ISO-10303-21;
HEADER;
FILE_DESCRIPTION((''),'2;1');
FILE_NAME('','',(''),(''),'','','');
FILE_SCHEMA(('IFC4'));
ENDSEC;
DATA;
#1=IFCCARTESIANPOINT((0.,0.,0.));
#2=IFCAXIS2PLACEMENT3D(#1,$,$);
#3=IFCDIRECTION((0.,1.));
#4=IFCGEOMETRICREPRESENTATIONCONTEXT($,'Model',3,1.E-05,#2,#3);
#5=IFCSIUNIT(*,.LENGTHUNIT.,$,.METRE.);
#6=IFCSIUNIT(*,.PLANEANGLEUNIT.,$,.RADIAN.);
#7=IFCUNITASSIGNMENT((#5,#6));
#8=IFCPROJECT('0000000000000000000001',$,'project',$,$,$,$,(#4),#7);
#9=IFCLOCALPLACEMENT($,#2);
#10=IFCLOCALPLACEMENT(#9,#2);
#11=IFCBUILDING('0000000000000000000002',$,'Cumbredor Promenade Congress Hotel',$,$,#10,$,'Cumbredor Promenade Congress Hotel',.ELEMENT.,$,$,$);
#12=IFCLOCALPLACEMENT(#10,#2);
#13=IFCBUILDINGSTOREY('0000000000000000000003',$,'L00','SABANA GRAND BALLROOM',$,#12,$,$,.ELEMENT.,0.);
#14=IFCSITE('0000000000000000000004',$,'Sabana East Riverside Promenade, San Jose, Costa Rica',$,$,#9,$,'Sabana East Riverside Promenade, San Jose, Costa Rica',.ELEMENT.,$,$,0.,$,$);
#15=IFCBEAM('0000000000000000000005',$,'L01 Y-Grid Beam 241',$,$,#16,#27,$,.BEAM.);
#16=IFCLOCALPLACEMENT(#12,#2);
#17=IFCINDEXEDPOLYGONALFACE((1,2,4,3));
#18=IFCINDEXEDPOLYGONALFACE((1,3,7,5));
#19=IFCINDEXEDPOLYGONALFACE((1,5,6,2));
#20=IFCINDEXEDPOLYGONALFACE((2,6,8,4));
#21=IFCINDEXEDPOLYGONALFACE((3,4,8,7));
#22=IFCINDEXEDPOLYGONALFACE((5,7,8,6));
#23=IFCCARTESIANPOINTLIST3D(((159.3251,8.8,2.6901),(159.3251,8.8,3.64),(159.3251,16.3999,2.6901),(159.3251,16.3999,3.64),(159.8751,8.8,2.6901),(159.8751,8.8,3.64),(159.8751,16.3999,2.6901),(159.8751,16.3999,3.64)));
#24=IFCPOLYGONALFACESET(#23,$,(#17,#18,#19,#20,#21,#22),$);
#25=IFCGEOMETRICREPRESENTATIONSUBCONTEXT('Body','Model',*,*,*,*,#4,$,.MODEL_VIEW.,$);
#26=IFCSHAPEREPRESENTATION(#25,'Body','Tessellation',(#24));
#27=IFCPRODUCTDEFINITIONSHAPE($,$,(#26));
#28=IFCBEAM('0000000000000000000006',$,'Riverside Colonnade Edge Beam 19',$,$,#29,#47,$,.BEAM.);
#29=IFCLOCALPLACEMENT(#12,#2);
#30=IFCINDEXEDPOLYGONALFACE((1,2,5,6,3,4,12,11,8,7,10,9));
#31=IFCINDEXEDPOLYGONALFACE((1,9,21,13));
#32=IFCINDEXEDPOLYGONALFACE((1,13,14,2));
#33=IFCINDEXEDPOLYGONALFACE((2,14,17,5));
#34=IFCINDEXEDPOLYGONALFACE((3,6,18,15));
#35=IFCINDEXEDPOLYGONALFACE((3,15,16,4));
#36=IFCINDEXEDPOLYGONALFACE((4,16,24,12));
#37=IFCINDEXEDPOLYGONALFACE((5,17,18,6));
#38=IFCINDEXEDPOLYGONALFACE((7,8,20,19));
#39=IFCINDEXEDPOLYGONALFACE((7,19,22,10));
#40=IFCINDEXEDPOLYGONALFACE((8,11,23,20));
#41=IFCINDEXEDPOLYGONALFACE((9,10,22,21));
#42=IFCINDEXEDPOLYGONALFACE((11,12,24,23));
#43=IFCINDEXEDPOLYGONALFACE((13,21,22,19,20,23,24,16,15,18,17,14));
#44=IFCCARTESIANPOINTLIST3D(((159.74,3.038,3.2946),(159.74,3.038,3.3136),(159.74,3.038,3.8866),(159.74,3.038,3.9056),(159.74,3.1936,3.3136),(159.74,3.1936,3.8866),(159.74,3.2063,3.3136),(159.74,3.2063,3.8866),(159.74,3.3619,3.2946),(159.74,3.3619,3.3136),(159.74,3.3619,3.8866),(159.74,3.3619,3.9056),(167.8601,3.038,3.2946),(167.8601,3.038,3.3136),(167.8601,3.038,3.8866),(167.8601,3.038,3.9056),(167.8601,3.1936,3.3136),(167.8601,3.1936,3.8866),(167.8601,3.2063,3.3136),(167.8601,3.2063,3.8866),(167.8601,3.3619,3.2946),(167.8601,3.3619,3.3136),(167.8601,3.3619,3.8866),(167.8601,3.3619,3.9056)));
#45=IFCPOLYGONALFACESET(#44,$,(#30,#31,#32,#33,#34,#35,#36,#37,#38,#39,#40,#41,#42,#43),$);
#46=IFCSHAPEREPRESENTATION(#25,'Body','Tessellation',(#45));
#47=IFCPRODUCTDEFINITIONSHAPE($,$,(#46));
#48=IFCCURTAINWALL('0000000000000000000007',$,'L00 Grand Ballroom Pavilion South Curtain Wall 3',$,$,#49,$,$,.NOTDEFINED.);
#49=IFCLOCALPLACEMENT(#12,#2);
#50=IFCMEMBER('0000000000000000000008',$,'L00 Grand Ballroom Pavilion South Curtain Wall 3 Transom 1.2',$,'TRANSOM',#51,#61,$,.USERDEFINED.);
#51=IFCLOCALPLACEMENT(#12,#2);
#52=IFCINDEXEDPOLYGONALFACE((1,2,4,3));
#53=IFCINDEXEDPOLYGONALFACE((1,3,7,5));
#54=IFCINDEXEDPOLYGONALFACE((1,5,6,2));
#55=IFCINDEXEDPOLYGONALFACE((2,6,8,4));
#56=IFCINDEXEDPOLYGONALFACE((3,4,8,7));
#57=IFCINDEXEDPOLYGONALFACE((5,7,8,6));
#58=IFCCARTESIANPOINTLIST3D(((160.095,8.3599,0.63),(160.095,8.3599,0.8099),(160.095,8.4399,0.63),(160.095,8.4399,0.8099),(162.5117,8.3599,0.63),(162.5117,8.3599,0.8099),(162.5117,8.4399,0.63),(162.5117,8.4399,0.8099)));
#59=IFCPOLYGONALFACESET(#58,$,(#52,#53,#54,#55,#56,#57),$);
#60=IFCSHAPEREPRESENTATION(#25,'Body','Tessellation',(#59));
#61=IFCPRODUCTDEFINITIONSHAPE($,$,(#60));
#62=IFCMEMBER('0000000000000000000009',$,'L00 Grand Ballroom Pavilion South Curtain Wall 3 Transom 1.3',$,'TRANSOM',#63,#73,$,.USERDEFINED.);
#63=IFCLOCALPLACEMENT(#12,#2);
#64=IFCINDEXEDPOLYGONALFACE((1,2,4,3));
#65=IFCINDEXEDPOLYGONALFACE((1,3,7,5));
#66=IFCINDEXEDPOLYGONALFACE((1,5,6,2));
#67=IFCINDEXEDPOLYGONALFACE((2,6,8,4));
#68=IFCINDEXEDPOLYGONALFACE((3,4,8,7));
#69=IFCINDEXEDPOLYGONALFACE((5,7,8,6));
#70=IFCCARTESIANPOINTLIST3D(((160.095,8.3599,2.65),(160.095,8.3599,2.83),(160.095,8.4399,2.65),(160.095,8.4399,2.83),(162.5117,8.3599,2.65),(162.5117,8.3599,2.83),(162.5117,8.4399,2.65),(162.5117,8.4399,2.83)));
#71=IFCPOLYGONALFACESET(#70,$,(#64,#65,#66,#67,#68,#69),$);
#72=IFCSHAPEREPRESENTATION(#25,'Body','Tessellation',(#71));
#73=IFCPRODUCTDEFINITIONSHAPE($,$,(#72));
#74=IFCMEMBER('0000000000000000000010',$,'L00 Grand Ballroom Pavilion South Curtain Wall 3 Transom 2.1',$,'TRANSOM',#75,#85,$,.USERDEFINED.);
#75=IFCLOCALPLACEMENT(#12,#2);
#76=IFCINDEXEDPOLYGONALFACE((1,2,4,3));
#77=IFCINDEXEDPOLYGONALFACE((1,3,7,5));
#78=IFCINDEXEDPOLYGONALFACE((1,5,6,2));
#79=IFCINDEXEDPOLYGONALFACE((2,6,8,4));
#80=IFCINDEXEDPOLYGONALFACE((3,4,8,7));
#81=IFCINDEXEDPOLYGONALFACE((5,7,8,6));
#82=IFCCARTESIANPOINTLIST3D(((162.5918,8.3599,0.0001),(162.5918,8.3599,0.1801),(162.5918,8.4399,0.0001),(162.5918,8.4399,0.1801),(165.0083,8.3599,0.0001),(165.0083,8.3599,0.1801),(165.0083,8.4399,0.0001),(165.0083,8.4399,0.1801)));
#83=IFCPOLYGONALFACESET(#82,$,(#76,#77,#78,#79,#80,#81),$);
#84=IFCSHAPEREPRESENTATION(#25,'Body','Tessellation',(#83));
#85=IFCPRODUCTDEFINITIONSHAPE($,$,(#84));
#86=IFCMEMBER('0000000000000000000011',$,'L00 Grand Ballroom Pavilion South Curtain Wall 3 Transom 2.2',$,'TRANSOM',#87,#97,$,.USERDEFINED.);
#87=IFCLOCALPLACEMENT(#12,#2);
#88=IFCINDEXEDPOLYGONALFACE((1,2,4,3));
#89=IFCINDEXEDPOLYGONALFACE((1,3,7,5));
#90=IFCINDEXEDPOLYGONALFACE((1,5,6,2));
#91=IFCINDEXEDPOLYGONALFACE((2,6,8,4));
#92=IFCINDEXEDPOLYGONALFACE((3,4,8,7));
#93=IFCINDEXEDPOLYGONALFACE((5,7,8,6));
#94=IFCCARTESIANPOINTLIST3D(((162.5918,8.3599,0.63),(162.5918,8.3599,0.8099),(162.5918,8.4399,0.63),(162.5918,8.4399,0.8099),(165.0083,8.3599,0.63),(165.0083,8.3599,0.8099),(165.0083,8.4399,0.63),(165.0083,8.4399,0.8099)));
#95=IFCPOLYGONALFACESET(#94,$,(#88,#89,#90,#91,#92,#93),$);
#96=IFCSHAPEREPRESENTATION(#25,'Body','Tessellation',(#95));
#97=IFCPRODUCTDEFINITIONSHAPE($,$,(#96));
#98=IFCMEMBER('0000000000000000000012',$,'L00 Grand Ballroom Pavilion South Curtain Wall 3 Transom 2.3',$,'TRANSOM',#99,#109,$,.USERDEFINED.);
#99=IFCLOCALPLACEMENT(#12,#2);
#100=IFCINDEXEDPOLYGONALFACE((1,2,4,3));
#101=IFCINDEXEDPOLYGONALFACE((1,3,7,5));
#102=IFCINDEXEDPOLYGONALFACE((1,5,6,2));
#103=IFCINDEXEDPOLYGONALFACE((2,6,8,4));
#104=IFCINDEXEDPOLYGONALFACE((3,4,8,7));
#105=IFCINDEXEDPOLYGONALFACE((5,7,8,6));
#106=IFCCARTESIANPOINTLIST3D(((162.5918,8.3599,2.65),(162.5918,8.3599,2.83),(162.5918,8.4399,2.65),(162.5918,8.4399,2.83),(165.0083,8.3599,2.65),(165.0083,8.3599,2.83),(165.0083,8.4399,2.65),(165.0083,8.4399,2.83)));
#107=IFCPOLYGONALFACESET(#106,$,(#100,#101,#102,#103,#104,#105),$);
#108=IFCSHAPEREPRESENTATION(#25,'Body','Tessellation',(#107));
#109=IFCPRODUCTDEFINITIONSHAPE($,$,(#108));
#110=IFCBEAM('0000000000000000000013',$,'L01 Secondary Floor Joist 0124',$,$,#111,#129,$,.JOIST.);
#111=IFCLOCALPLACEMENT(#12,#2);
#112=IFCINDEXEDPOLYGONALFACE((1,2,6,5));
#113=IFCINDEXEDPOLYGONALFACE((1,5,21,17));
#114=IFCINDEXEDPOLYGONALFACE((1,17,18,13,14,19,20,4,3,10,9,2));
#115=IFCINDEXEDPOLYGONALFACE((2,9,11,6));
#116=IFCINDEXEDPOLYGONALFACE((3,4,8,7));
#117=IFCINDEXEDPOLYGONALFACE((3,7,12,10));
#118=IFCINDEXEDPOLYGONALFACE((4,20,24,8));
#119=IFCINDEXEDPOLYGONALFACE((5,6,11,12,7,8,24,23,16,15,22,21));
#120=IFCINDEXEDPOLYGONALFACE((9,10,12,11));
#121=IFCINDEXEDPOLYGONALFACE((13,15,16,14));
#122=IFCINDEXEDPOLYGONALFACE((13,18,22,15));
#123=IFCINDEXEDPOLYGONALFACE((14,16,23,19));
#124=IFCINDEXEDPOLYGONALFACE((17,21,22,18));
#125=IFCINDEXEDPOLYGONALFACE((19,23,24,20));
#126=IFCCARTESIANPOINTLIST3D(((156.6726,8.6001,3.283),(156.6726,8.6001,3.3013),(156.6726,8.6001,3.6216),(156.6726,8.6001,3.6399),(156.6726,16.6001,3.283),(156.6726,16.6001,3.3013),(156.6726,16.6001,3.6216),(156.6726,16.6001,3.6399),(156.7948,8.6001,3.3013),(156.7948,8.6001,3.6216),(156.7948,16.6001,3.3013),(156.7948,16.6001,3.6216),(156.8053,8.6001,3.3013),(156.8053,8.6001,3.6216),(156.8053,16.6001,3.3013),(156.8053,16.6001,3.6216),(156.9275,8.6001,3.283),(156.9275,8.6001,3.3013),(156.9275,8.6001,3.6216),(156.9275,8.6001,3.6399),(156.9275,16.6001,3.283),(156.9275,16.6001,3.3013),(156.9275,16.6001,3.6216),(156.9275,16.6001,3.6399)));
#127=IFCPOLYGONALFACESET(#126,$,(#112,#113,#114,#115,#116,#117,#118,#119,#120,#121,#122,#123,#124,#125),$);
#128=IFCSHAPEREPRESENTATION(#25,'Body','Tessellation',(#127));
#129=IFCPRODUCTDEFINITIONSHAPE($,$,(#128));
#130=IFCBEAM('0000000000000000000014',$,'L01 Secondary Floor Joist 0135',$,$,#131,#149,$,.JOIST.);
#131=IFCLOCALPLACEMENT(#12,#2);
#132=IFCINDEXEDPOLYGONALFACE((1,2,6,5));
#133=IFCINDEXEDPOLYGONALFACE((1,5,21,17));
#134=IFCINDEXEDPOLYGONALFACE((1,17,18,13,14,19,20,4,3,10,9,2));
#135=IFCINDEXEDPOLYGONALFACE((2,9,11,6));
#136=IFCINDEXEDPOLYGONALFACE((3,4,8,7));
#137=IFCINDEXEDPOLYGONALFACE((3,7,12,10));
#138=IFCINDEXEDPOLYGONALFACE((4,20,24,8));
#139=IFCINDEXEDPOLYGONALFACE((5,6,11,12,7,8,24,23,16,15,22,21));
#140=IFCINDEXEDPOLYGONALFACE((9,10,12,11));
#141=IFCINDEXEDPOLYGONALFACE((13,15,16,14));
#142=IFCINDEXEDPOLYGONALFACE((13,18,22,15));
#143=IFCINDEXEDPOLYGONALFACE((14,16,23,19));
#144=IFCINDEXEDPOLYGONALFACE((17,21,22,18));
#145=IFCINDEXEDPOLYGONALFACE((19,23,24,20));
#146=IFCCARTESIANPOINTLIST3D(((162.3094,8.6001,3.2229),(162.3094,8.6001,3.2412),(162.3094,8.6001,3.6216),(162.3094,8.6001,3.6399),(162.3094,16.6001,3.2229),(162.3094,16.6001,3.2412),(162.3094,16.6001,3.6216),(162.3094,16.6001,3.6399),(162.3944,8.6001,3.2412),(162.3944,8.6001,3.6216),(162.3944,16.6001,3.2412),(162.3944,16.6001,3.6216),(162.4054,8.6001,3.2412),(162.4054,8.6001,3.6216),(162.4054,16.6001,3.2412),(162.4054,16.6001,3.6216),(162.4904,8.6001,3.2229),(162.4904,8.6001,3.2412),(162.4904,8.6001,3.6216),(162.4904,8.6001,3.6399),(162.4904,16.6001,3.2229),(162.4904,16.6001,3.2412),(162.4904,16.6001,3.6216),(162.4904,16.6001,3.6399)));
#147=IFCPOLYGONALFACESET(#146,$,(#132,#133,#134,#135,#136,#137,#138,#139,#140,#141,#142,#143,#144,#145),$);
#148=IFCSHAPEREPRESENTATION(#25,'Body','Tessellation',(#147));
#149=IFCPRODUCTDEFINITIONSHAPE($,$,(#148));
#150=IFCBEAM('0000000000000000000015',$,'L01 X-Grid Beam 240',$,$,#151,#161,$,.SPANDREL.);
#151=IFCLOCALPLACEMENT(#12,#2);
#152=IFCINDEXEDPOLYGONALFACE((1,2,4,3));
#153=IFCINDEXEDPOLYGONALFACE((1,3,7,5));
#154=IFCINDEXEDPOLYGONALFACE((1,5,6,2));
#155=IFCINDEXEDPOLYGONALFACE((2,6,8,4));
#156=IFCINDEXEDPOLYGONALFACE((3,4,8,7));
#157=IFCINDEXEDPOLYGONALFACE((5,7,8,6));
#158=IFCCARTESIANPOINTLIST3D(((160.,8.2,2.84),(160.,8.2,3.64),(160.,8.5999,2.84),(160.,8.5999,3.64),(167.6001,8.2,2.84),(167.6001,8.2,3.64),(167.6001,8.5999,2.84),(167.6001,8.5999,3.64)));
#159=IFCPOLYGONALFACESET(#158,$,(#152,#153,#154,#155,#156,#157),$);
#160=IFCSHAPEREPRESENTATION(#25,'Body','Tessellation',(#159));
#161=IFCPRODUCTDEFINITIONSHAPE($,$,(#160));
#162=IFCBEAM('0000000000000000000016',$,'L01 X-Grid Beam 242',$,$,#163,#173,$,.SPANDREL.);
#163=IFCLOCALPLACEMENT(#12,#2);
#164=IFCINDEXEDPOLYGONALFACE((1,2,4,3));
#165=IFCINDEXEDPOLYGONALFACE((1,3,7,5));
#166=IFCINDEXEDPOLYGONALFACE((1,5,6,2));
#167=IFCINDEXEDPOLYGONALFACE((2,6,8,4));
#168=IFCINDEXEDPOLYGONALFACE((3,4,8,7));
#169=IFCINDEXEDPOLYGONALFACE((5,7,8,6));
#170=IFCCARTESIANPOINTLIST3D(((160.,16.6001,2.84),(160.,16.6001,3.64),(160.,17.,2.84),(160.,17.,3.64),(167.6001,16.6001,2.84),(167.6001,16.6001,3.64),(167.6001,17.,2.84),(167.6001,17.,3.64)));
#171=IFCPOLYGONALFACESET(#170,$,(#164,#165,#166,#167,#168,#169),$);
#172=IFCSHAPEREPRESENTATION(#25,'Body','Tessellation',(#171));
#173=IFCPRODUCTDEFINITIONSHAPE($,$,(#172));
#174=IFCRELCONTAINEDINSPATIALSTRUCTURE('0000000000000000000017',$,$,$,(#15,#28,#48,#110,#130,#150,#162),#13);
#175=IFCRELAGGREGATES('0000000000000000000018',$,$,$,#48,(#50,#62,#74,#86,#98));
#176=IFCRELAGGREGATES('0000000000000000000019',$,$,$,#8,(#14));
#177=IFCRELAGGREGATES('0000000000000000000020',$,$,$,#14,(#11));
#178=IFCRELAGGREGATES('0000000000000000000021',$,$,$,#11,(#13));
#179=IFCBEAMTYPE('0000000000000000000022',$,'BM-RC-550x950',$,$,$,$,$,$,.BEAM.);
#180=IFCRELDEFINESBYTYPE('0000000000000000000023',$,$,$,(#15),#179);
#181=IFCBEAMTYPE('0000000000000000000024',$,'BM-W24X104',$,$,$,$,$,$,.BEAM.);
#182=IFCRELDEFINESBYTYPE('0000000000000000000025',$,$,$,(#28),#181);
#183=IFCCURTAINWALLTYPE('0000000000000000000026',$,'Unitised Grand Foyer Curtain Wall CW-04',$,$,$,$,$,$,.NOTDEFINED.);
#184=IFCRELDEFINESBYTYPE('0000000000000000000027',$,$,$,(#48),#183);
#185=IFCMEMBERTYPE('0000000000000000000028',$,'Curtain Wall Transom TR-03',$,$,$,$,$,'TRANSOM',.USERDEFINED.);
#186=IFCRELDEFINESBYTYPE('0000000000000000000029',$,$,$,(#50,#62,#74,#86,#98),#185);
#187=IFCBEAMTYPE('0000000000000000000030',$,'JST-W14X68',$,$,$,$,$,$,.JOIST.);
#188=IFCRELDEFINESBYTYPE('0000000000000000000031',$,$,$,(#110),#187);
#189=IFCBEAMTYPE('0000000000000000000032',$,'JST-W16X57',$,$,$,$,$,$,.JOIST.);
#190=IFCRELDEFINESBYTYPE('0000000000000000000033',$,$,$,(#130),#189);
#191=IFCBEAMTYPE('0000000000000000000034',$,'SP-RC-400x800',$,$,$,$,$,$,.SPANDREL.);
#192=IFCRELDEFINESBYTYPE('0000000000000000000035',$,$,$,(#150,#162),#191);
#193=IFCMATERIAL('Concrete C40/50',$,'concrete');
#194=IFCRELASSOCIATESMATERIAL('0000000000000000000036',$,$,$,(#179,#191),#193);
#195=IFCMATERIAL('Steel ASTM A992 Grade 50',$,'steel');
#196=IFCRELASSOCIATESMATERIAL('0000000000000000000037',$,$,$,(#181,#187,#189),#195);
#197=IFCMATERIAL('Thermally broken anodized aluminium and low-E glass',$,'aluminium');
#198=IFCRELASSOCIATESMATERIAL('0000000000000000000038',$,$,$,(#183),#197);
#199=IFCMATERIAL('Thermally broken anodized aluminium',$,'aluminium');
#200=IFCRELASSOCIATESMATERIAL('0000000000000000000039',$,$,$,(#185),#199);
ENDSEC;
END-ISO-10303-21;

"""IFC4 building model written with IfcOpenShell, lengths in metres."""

from ifc_helpers import new_model, si_unit, direction, frame, origin, origin_2d, place, context, subcontext, project, spatial, rectangle, i_section, extrude, material, material_profile, profile_set, type_object, element, aggregate, save


model = new_model("IFC4")

# Units and contexts
model_context = context("Model", 3, precision=1e-05, world=origin(), true_north=direction((0.0, 1.0)))
body_context = subcontext(model_context, "Body", "Model", "MODEL_VIEW")
ifc_project = project(units=[si_unit("LENGTHUNIT", "METRE"), si_unit("PLANEANGLEUNIT", "RADIAN")], contexts=[model_context])

# Site, building, storey
site_placement = place(None, origin())
site = spatial("IfcSite", under=ifc_project, at=site_placement, Name="Sabana East Riverside Promenade, San Jose, Costa Rica", LongName="Sabana East Riverside Promenade, San Jose, Costa Rica", CompositionType="ELEMENT", RefElevation=0.0)
building_placement = place(site_placement, origin())
building = spatial("IfcBuilding", under=site, at=building_placement, Name="Cumbredor Promenade Congress Hotel", LongName="Cumbredor Promenade Congress Hotel", CompositionType="ELEMENT")
storey_placement = place(building_placement, origin())
storey = spatial("IfcBuildingStorey", under=building, at=storey_placement, Name="L00", Description="SABANA GRAND BALLROOM", CompositionType="ELEMENT", Elevation=0.0)

# Beams
ifc_material_1 = material(Name="Concrete C40/50", Category="concrete")
ifc_material_profile_1 = material_profile(ifc_material_1, rectangle(XDim=0.55, YDim=0.95, at=origin_2d()), Name="RC BEAM 550x950")
ifc_profile_set_1 = profile_set([ifc_material_profile_1], Name="Concrete C40/50")
beam_type_1 = type_object("IfcBeamType", Name="BM-RC-550x950", PredefinedType="BEAM", material=ifc_profile_set_1)
beam_1_placement = place(storey_placement, frame((159.6001, 8.8, 3.165), z_axis=(0.0, 1.0, 0.0), x_axis=(-1.0, 0.0, 0.0)))
element("IfcBeam", 1, at=beam_1_placement, inside=storey, type_object=beam_type_1, Name="L01 Y-Grid Beam 241", PredefinedType="BEAM", context=body_context, shape_type="SweptSolid", body=[
    extrude(rectangle(XDim=0.55, YDim=0.95, at=origin_2d()), origin(), (0.0, 0.0, 1.0), 7.5999),
])
ifc_material_2 = material(Name="Steel ASTM A992 Grade 50", Category="steel")
ifc_material_profile_2 = material_profile(ifc_material_2, i_section(OverallWidth=0.324, OverallDepth=0.6111, WebThickness=0.0127, FlangeThickness=0.019, at=origin_2d()), Name="W24X104")
ifc_profile_set_2 = profile_set([ifc_material_profile_2], Name="Steel ASTM A992 Grade 50")
beam_type_2 = type_object("IfcBeamType", Name="BM-W24X104", PredefinedType="BEAM", material=ifc_profile_set_2)
beam_2_placement = place(storey_placement, frame((159.74, 3.2, 3.6001), z_axis=(1.0, 0.0, 0.0), x_axis=(0.0, 1.0, 0.0)))
element("IfcBeam", 2, at=beam_2_placement, inside=storey, type_object=beam_type_2, Name="Riverside Colonnade Edge Beam 19", PredefinedType="BEAM", context=body_context, shape_type="SweptSolid", body=[
    extrude(i_section(OverallWidth=0.324, OverallDepth=0.6111, WebThickness=0.0127, FlangeThickness=0.019, at=origin_2d()), origin(), (0.0, 0.0, 1.0), 8.1201),
])

# Curtain wall, members
ifc_material_3 = material(Name="Thermally broken anodized aluminium and low-E glass", Category="aluminium")
curtain_wall_type = type_object("IfcCurtainWallType", Name="Unitised Grand Foyer Curtain Wall CW-04", PredefinedType="NOTDEFINED", material=ifc_material_3)
curtain_wall_placement = place(storey_placement, origin())
curtain_wall = element("IfcCurtainWall", 3, at=curtain_wall_placement, inside=storey, type_object=curtain_wall_type, Name="L00 Grand Ballroom Pavilion South Curtain Wall 3", PredefinedType="NOTDEFINED")
ifc_material_4 = material(Name="Thermally broken anodized aluminium", Category="aluminium")
ifc_material_profile_3 = material_profile(ifc_material_4, rectangle(XDim=0.0801, YDim=0.1799, at=origin_2d()), Name="ALU TRANSOM 80x180")
ifc_profile_set_3 = profile_set([ifc_material_profile_3], Name="Thermally broken anodized aluminium")
member_type_1 = type_object("IfcMemberType", Name="Curtain Wall Transom TR-03", ElementType="TRANSOM", PredefinedType="USERDEFINED", material=ifc_profile_set_3)
member_1_placement = place(storey_placement, frame((160.095, 8.3999, 0.72), z_axis=(1.0, 0.0, 0.0), x_axis=(0.0, 1.0, 0.0)))
member_1 = element("IfcMember", 4, at=member_1_placement, type_object=member_type_1, Name="L00 Grand Ballroom Pavilion South Curtain Wall 3 Transom 1.2", ObjectType="TRANSOM", PredefinedType="USERDEFINED", context=body_context, shape_type="SweptSolid", body=[
    extrude(rectangle(XDim=0.0801, YDim=0.1799, at=origin_2d()), origin(), (0.0, 0.0, 1.0), 2.4167),
])
member_2_placement = place(storey_placement, frame((160.095, 8.3999, 2.74), z_axis=(1.0, 0.0, 0.0), x_axis=(0.0, 1.0, 0.0)))
member_2 = element("IfcMember", 5, at=member_2_placement, type_object=member_type_1, Name="L00 Grand Ballroom Pavilion South Curtain Wall 3 Transom 1.3", ObjectType="TRANSOM", PredefinedType="USERDEFINED", context=body_context, shape_type="SweptSolid", body=[
    extrude(rectangle(XDim=0.0801, YDim=0.1799, at=origin_2d()), origin(), (0.0, 0.0, 1.0), 2.4167),
])
member_3_placement = place(storey_placement, frame((162.5918, 8.3999, 0.0901), z_axis=(1.0, 0.0, 0.0), x_axis=(0.0, 1.0, 0.0)))
member_3 = element("IfcMember", 6, at=member_3_placement, type_object=member_type_1, Name="L00 Grand Ballroom Pavilion South Curtain Wall 3 Transom 2.1", ObjectType="TRANSOM", PredefinedType="USERDEFINED", context=body_context, shape_type="SweptSolid", body=[
    extrude(rectangle(XDim=0.0801, YDim=0.1799, at=origin_2d()), origin(), (0.0, 0.0, 1.0), 2.4165),
])
member_4_placement = place(storey_placement, frame((162.5918, 8.3999, 0.72), z_axis=(1.0, 0.0, 0.0), x_axis=(0.0, 1.0, 0.0)))
member_4 = element("IfcMember", 7, at=member_4_placement, type_object=member_type_1, Name="L00 Grand Ballroom Pavilion South Curtain Wall 3 Transom 2.2", ObjectType="TRANSOM", PredefinedType="USERDEFINED", context=body_context, shape_type="SweptSolid", body=[
    extrude(rectangle(XDim=0.0801, YDim=0.1799, at=origin_2d()), origin(), (0.0, 0.0, 1.0), 2.4165),
])
member_5_placement = place(storey_placement, frame((162.5918, 8.3999, 2.74), z_axis=(1.0, 0.0, 0.0), x_axis=(0.0, 1.0, 0.0)))
member_5 = element("IfcMember", 8, at=member_5_placement, type_object=member_type_1, Name="L00 Grand Ballroom Pavilion South Curtain Wall 3 Transom 2.3", ObjectType="TRANSOM", PredefinedType="USERDEFINED", context=body_context, shape_type="SweptSolid", body=[
    extrude(rectangle(XDim=0.0801, YDim=0.1799, at=origin_2d()), origin(), (0.0, 0.0, 1.0), 2.4165),
])

# Beams
ifc_material_profile_4 = material_profile(ifc_material_2, i_section(OverallWidth=0.2549, OverallDepth=0.3569, WebThickness=0.0105, FlangeThickness=0.0183, at=origin_2d()), Name="W14X68")
ifc_profile_set_4 = profile_set([ifc_material_profile_4], Name="Steel ASTM A992 Grade 50")
beam_type_3 = type_object("IfcBeamType", Name="JST-W14X68", PredefinedType="JOIST", material=ifc_profile_set_4)
beam_3_placement = place(storey_placement, frame((156.8, 8.6001, 3.4614), z_axis=(0.0, 1.0, 0.0), x_axis=(-1.0, 0.0, 0.0)))
element("IfcBeam", 9, at=beam_3_placement, inside=storey, type_object=beam_type_3, Name="L01 Secondary Floor Joist 0124", PredefinedType="JOIST", context=body_context, shape_type="SweptSolid", body=[
    extrude(i_section(OverallWidth=0.2549, OverallDepth=0.3569, WebThickness=0.0105, FlangeThickness=0.0183, at=origin_2d()), origin(), (0.0, 0.0, 1.0), 8.0),
])
ifc_material_profile_5 = material_profile(ifc_material_2, i_section(OverallWidth=0.1809, OverallDepth=0.417, WebThickness=0.011, FlangeThickness=0.0183, at=origin_2d()), Name="W16X57")
ifc_profile_set_5 = profile_set([ifc_material_profile_5], Name="Steel ASTM A992 Grade 50")
beam_type_4 = type_object("IfcBeamType", Name="JST-W16X57", PredefinedType="JOIST", material=ifc_profile_set_5)
beam_4_placement = place(storey_placement, frame((162.3999, 8.6001, 3.4314), z_axis=(0.0, 1.0, 0.0), x_axis=(-1.0, 0.0, 0.0)))
element("IfcBeam", 10, at=beam_4_placement, inside=storey, type_object=beam_type_4, Name="L01 Secondary Floor Joist 0135", PredefinedType="JOIST", context=body_context, shape_type="SweptSolid", body=[
    extrude(i_section(OverallWidth=0.1809, OverallDepth=0.417, WebThickness=0.011, FlangeThickness=0.0183, at=origin_2d()), origin(), (0.0, 0.0, 1.0), 8.0),
])
ifc_material_profile_6 = material_profile(ifc_material_1, rectangle(XDim=0.3999, YDim=0.8, at=origin_2d()), Name="RC SPANDREL 400x800")
ifc_profile_set_6 = profile_set([ifc_material_profile_6], Name="Concrete C40/50")
beam_type_5 = type_object("IfcBeamType", Name="SP-RC-400x800", PredefinedType="SPANDREL", material=ifc_profile_set_6)
for number, where, z_axis, x_axis, name in (
    (11, (160.0, 8.3999, 3.24), (1.0, 0.0, 0.0), (0.0, 1.0, 0.0), "L01 X-Grid Beam 240"),
    (12, (160.0, 16.8, 3.24), (1.0, 0.0, 0.0), (0.0, 1.0, 0.0), "L01 X-Grid Beam 242"),
):
    element("IfcBeam", number, at=place(storey_placement, frame(where, z_axis=z_axis, x_axis=x_axis)), inside=storey, type_object=beam_type_5, Name=name, PredefinedType="SPANDREL", context=body_context, shape_type="SweptSolid", body=[
        extrude(rectangle(XDim=0.3999, YDim=0.8, at=origin_2d()), origin(), (0.0, 0.0, 1.0), 7.6001),
    ])

aggregate(curtain_wall, [member_1, member_2, member_3, member_4, member_5])

save(model, "model.ifc")
